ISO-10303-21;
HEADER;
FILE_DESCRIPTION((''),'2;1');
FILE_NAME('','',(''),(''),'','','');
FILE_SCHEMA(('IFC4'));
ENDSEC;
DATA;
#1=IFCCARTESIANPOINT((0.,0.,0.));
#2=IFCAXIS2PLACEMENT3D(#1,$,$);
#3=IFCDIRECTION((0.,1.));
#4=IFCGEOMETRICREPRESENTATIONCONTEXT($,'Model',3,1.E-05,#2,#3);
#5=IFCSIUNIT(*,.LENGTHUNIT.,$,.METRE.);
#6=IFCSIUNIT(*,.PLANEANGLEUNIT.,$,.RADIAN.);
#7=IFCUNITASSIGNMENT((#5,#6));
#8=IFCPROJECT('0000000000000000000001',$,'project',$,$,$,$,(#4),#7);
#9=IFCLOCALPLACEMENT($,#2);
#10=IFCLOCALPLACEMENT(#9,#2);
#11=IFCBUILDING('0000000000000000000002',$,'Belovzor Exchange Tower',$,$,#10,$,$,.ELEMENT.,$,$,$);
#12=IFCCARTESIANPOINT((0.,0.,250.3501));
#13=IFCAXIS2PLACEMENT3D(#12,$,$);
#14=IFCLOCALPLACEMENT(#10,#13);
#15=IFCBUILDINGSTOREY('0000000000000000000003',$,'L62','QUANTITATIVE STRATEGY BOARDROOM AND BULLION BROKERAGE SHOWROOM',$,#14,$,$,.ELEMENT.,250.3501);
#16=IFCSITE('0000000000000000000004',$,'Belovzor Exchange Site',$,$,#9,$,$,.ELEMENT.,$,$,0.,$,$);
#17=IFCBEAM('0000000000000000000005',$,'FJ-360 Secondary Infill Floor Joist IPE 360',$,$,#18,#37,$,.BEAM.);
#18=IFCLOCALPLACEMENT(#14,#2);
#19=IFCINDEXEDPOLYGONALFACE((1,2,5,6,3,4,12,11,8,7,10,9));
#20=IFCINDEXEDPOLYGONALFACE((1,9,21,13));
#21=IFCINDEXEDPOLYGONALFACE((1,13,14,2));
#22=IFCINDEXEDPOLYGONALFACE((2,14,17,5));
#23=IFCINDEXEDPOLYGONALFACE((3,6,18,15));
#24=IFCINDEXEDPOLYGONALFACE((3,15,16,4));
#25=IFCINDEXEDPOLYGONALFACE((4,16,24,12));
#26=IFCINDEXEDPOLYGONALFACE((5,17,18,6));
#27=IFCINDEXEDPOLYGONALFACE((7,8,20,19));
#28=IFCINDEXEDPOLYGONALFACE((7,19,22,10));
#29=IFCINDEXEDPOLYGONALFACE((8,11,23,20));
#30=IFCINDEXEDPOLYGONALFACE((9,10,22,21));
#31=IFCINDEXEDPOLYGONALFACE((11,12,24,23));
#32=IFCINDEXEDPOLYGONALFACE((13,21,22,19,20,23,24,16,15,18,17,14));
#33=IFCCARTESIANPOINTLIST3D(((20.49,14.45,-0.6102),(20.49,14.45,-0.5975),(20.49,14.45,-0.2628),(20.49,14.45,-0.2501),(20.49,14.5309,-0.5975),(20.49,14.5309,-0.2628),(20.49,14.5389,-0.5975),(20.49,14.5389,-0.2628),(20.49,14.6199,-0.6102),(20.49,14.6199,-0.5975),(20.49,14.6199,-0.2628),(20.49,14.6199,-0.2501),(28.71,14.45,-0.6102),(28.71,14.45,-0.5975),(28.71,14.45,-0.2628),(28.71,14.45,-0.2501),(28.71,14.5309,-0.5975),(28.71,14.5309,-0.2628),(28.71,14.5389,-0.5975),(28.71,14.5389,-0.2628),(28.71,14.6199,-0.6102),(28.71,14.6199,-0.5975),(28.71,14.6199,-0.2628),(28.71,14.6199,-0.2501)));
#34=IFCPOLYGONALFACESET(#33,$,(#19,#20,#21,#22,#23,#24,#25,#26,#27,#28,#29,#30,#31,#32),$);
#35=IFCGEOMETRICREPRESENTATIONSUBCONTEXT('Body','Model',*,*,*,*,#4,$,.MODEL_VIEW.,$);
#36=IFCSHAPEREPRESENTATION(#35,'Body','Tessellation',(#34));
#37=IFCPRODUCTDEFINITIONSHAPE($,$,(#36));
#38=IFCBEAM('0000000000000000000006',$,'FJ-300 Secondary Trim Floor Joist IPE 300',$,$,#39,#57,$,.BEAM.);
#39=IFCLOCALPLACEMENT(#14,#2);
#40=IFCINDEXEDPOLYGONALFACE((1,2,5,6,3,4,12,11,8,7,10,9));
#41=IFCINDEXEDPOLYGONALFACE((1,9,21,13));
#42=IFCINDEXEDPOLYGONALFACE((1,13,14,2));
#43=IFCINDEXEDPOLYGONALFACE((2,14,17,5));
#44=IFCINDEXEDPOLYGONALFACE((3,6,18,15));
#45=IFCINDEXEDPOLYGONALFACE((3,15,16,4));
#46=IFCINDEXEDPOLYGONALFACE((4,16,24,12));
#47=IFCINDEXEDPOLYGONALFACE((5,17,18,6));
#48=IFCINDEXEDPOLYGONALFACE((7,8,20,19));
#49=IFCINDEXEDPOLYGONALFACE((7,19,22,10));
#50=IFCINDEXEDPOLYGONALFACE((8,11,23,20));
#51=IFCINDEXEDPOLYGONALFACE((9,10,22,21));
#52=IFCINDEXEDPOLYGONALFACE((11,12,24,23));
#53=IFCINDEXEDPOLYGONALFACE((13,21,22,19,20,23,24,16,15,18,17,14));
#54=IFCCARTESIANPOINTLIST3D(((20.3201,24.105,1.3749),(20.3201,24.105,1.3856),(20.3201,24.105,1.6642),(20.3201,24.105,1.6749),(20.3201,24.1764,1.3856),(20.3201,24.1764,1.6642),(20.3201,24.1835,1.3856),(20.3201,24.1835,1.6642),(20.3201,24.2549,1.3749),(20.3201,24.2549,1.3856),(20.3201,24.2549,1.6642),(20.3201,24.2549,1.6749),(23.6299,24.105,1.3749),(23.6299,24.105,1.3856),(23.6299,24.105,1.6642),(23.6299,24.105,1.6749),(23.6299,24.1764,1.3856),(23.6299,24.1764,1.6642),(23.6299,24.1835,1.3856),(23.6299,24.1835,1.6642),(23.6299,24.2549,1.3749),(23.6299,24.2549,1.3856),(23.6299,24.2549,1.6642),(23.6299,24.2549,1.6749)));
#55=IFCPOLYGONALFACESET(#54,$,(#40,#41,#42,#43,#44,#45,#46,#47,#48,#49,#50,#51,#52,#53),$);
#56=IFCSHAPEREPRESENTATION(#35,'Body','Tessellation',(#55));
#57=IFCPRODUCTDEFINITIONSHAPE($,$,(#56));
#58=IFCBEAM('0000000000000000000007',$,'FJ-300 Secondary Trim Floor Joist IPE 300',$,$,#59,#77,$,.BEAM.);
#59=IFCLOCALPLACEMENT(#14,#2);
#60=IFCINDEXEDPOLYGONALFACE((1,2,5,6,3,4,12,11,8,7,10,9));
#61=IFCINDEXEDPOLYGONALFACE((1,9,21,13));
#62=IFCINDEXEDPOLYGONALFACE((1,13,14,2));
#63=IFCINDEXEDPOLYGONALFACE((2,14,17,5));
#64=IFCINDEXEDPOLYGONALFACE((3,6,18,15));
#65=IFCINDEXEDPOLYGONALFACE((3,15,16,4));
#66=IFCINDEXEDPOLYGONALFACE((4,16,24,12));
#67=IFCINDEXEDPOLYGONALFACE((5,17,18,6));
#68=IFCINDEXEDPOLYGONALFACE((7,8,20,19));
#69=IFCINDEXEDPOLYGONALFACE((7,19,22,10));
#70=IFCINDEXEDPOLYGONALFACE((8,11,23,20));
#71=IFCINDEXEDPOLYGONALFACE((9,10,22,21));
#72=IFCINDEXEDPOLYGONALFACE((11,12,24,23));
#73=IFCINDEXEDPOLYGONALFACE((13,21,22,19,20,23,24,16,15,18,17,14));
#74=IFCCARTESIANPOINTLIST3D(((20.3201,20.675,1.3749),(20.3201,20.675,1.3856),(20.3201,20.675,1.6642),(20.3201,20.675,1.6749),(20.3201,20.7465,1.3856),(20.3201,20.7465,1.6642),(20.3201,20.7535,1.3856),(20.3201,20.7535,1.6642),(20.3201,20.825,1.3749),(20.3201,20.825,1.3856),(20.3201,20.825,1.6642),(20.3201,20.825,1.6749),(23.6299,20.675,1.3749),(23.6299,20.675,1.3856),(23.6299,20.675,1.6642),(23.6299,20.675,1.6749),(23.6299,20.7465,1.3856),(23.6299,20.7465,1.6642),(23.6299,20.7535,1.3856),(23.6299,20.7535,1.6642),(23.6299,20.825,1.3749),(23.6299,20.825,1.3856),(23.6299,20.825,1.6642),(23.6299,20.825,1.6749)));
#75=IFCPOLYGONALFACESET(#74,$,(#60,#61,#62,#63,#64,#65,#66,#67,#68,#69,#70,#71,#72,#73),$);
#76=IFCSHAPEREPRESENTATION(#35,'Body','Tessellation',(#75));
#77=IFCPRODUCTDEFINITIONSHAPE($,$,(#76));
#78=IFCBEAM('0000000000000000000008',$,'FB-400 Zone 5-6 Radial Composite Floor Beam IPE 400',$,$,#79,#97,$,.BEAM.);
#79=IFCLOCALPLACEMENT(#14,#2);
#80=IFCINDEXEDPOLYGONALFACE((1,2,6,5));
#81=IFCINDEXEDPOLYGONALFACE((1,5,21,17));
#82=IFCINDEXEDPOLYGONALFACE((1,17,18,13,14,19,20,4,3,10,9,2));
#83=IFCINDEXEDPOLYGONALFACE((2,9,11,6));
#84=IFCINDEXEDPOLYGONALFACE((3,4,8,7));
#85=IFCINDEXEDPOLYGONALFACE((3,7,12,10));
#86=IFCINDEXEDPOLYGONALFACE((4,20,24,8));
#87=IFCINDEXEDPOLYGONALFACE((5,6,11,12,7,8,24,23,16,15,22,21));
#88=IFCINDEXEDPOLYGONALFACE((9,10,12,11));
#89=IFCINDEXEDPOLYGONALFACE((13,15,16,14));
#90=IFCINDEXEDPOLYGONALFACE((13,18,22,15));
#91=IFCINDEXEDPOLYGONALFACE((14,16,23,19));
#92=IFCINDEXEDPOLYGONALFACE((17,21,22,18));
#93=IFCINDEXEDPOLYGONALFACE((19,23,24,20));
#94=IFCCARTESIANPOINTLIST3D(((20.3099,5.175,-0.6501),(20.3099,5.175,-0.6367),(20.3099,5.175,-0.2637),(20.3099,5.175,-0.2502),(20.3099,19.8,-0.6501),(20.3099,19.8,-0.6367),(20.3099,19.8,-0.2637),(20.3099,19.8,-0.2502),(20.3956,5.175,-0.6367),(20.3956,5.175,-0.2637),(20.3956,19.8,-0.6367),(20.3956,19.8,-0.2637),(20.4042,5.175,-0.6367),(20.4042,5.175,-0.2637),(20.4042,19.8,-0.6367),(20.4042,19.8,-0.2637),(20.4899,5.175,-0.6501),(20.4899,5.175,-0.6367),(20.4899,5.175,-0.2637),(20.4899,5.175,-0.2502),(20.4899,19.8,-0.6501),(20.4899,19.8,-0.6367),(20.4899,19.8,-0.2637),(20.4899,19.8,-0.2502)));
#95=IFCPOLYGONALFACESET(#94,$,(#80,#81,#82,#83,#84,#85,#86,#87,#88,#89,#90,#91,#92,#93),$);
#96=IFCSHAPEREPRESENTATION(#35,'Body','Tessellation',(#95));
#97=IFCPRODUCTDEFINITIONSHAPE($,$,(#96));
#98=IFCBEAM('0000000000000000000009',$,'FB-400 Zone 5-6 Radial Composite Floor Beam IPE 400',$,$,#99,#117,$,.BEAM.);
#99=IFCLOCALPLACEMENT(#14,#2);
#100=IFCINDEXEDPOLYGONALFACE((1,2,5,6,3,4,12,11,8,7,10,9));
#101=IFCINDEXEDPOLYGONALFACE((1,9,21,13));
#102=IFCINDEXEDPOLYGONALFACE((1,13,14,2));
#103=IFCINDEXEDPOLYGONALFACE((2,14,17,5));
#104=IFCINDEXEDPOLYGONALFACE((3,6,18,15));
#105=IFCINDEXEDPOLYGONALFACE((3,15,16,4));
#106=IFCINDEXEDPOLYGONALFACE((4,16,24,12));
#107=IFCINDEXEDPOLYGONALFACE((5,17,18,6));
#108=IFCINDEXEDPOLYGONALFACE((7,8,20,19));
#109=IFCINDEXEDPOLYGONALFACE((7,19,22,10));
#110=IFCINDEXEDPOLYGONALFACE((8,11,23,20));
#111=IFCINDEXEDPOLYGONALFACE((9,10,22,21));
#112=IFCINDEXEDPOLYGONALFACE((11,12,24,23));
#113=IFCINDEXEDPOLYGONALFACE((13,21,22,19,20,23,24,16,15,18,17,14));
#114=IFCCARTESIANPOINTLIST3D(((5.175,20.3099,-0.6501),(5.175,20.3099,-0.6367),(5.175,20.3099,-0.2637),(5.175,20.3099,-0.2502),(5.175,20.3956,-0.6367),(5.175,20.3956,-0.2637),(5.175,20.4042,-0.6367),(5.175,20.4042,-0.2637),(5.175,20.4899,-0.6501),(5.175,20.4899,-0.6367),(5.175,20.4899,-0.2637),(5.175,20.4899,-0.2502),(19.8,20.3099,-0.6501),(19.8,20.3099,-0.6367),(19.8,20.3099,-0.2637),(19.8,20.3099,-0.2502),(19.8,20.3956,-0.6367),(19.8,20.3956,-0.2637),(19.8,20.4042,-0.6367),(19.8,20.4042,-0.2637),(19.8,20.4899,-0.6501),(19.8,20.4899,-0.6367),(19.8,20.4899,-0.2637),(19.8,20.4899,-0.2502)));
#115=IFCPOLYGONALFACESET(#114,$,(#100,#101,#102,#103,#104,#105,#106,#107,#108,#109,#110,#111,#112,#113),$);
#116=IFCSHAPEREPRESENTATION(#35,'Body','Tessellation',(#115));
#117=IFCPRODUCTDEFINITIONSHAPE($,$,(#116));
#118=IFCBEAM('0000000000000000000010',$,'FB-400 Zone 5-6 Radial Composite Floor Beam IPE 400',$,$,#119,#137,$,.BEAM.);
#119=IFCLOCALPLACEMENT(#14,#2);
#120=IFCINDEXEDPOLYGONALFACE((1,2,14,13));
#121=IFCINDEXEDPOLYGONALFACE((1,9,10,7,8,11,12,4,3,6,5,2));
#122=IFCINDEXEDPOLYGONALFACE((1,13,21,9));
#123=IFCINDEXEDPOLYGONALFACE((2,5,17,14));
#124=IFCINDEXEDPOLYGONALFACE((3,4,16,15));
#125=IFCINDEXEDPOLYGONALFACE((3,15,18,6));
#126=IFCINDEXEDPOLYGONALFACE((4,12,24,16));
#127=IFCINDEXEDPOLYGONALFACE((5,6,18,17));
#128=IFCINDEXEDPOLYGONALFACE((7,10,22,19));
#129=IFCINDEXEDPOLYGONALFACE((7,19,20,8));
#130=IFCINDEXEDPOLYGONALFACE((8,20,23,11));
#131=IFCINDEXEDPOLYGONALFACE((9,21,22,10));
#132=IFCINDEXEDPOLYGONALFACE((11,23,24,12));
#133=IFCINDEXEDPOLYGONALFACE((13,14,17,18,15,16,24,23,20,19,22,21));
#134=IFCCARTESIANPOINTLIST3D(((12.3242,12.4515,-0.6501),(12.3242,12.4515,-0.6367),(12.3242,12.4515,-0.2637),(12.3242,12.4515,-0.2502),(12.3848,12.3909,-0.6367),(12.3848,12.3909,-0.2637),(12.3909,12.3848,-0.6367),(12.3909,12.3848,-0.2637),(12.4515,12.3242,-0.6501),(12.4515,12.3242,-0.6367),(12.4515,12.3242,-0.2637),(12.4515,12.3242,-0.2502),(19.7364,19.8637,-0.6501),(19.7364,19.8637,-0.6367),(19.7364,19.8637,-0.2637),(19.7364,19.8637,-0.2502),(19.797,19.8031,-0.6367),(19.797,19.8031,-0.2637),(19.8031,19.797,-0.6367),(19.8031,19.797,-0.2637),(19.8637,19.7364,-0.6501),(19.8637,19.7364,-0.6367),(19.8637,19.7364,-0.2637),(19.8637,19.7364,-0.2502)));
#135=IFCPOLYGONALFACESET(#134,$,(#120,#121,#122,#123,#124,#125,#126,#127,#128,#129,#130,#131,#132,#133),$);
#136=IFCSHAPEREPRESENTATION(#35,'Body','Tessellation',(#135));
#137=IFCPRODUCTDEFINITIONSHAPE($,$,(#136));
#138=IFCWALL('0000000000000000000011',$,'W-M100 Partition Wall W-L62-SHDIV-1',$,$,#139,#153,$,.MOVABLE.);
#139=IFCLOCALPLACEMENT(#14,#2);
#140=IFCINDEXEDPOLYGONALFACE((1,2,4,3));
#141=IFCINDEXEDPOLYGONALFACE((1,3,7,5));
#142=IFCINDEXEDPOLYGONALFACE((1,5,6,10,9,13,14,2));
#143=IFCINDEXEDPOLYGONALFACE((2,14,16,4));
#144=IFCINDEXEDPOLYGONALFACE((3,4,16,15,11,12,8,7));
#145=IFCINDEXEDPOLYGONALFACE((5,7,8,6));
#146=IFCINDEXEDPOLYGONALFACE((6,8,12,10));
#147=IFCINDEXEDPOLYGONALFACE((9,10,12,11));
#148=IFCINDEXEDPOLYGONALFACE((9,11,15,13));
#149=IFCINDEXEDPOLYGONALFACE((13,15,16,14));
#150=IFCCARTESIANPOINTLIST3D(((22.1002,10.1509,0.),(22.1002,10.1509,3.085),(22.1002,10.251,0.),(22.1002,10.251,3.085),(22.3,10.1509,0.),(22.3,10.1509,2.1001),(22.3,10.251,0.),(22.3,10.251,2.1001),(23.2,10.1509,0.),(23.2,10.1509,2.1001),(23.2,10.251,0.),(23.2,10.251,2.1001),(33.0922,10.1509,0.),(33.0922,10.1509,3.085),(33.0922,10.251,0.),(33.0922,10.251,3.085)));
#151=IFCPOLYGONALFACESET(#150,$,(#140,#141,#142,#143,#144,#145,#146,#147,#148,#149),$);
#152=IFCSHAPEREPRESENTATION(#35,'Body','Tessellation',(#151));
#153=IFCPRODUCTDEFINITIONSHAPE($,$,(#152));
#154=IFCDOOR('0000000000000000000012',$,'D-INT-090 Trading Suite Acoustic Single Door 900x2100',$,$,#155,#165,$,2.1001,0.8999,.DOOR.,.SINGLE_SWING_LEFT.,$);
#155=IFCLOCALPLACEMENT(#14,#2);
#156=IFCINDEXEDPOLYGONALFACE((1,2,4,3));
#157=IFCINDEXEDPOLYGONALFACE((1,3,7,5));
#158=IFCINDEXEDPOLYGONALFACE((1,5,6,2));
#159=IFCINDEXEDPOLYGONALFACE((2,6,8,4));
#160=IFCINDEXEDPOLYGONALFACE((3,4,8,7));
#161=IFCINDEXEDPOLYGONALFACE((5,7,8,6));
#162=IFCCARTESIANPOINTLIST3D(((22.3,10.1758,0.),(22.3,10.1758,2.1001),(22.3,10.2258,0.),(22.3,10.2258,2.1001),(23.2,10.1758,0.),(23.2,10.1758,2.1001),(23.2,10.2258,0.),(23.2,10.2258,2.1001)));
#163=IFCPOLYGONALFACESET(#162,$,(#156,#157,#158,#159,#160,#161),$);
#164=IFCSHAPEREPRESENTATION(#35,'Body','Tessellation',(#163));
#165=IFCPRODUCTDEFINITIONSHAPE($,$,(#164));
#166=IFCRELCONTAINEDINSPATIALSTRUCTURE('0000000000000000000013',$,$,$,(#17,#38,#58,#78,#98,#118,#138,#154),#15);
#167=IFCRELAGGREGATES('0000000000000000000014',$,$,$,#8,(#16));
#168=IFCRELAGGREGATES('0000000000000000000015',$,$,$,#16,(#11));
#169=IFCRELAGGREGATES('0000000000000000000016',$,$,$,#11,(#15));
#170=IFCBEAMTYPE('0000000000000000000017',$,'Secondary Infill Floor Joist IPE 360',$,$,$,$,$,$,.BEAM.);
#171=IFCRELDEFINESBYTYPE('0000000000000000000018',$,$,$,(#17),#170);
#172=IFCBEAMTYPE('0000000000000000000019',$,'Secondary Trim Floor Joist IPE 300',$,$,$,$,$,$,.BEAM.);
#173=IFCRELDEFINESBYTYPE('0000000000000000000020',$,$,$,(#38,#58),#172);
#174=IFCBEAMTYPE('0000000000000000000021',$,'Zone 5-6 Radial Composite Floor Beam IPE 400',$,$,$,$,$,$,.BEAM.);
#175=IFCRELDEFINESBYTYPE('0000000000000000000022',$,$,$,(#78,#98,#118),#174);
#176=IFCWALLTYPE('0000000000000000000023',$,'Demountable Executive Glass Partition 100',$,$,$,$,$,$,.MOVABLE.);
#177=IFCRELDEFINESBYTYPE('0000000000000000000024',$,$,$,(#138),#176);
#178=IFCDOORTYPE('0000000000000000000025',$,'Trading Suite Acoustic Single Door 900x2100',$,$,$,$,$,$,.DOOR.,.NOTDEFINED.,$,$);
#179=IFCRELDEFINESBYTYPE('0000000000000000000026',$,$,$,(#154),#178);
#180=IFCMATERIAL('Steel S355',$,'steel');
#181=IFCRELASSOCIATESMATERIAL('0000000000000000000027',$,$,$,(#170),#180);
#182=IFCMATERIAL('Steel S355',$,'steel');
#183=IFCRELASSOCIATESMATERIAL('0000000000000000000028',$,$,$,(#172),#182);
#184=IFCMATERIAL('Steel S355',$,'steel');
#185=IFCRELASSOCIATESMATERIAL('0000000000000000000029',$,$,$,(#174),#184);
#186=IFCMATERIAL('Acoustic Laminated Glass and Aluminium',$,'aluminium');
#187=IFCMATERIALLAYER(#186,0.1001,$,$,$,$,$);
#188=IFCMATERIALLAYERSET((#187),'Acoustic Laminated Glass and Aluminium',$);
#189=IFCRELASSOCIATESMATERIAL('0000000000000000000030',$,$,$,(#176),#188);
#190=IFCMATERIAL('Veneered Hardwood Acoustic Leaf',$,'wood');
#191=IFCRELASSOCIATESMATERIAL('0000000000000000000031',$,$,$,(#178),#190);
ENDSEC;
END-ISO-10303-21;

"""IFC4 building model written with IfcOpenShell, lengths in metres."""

from ifc_helpers import new_model, si_unit, direction, frame, frame_2d, origin, origin_2d, place, context, subcontext, project, spatial, rectangle, i_section, extrude, material, layer, layer_set, material_profile, profile_set, type_object, element, fill, save


model = new_model("IFC4")

# Units and contexts
model_context = context("Model", 3, precision=1e-05, world=origin(), true_north=direction((0.0, 1.0)))
body_context = subcontext(model_context, "Body", "Model", "MODEL_VIEW")
ifc_project = project(units=[si_unit("LENGTHUNIT", "METRE"), si_unit("PLANEANGLEUNIT", "RADIAN")], contexts=[model_context])

# Site, building, storey
site_placement = place(None, origin())
site = spatial("IfcSite", under=ifc_project, at=site_placement, Name="Belovzor Exchange Site", CompositionType="ELEMENT", RefElevation=0.0)
building_placement = place(site_placement, origin())
building = spatial("IfcBuilding", under=site, at=building_placement, Name="Belovzor Exchange Tower", CompositionType="ELEMENT")
storey_placement = place(building_placement, frame((0.0, 0.0, 250.3501)))
storey = spatial("IfcBuildingStorey", under=building, at=storey_placement, Name="L62", Description="QUANTITATIVE STRATEGY BOARDROOM AND BULLION BROKERAGE SHOWROOM", CompositionType="ELEMENT", Elevation=250.3501)

# Beams
ifc_material_1 = material(Name="Steel S355", Category="steel")
ifc_material_profile_1 = material_profile(ifc_material_1, i_section(OverallWidth=0.1699, OverallDepth=0.3601, WebThickness=0.0081, FlangeThickness=0.0127, at=origin_2d()))
ifc_profile_set_1 = profile_set([ifc_material_profile_1], Name="Steel S355")
beam_type_1 = type_object("IfcBeamType", Name="Secondary Infill Floor Joist IPE 360", PredefinedType="BEAM", material=ifc_profile_set_1)
beam_1_placement = place(storey_placement, frame((20.49, 14.5349, -0.4302), z_axis=(1.0, 0.0, 0.0), x_axis=(0.0, 1.0, 0.0)))
element("IfcBeam", 1, at=beam_1_placement, inside=storey, type_object=beam_type_1, Name="FJ-360 Secondary Infill Floor Joist IPE 360", PredefinedType="BEAM", context=body_context, shape_type="SweptSolid", body=[
    extrude(i_section(OverallWidth=0.1699, OverallDepth=0.3601, WebThickness=0.0081, FlangeThickness=0.0127, at=origin_2d()), origin(), (0.0, 0.0, 1.0), 8.22),
])
ifc_material_2 = material(Name="Steel S355", Category="steel")
ifc_material_profile_2 = material_profile(ifc_material_2, i_section(OverallWidth=0.1499, OverallDepth=0.3, WebThickness=0.0071, FlangeThickness=0.0107, at=origin_2d()))
ifc_profile_set_2 = profile_set([ifc_material_profile_2], Name="Steel S355")
beam_type_2 = type_object("IfcBeamType", Name="Secondary Trim Floor Joist IPE 300", PredefinedType="BEAM", material=ifc_profile_set_2)
for number, where, z_axis, x_axis, name in (
    (2, (20.3201, 24.1799, 1.5249), (1.0, 0.0, 0.0), (0.0, 1.0, 0.0), "FJ-300 Secondary Trim Floor Joist IPE 300"),
    (3, (20.3201, 20.75, 1.5249), (1.0, 0.0, 0.0), (0.0, 1.0, 0.0), "FJ-300 Secondary Trim Floor Joist IPE 300"),
):
    element("IfcBeam", number, at=place(storey_placement, frame(where, z_axis=z_axis, x_axis=x_axis)), inside=storey, type_object=beam_type_2, Name=name, PredefinedType="BEAM", context=body_context, shape_type="SweptSolid", body=[
        extrude(i_section(OverallWidth=0.1499, OverallDepth=0.3, WebThickness=0.0071, FlangeThickness=0.0107, at=origin_2d()), origin(), (0.0, 0.0, 1.0), 3.3098),
    ])
ifc_material_3 = material(Name="Steel S355", Category="steel")
ifc_material_profile_3 = material_profile(ifc_material_3, i_section(OverallWidth=0.1799, OverallDepth=0.3999, WebThickness=0.0085, FlangeThickness=0.0134, at=origin_2d()))
ifc_profile_set_3 = profile_set([ifc_material_profile_3], Name="Steel S355")
beam_type_3 = type_object("IfcBeamType", Name="Zone 5-6 Radial Composite Floor Beam IPE 400", PredefinedType="BEAM", material=ifc_profile_set_3)
for number, where, z_axis, x_axis, name in (
    (4, (20.3999, 19.8, -0.4502), (0.0, -1.0, 0.0), (1.0, 0.0, 0.0), "FB-400 Zone 5-6 Radial Composite Floor Beam IPE 400"),
    (5, (19.8, 20.3999, -0.4502), (-1.0, 0.0, 0.0), (0.0, -1.0, 0.0), "FB-400 Zone 5-6 Radial Composite Floor Beam IPE 400"),
):
    element("IfcBeam", number, at=place(storey_placement, frame(where, z_axis=z_axis, x_axis=x_axis)), inside=storey, type_object=beam_type_3, Name=name, PredefinedType="BEAM", context=body_context, shape_type="SweptSolid", body=[
        extrude(i_section(OverallWidth=0.1799, OverallDepth=0.3999, WebThickness=0.0085, FlangeThickness=0.0134, at=origin_2d()), origin(), (0.0, 0.0, 1.0), 14.625),
    ])
beam_2_placement = place(storey_placement, frame((19.8, 19.8, -0.4502), z_axis=(-0.707107, -0.707107, 0.0), x_axis=(0.707107, -0.707107, 0.0)))
element("IfcBeam", 6, at=beam_2_placement, inside=storey, type_object=beam_type_3, Name="FB-400 Zone 5-6 Radial Composite Floor Beam IPE 400", PredefinedType="BEAM", context=body_context, shape_type="SweptSolid", body=[
    extrude(i_section(OverallWidth=0.1799, OverallDepth=0.3999, WebThickness=0.0085, FlangeThickness=0.0134, at=origin_2d()), origin(), (0.0, 0.0, 1.0), 10.4824),
])

# Wall, opening, door
ifc_material_4 = material(Name="Acoustic Laminated Glass and Aluminium", Category="aluminium")
ifc_layer_1 = layer(ifc_material_4, 0.1001)
ifc_layer_set_1 = layer_set([ifc_layer_1], Name="Acoustic Laminated Glass and Aluminium")
wall_type_1 = type_object("IfcWallType", Name="Demountable Executive Glass Partition 100", PredefinedType="MOVABLE", material=ifc_layer_set_1)
wall_1_placement = place(storey_placement, frame((22.1001, 10.2009, 0.0), z_axis=(0.0, 0.0, 1.0), x_axis=(1.0, 0.0, 0.0)))
wall_1 = element("IfcWall", 7, at=wall_1_placement, inside=storey, type_object=wall_type_1, Name="W-M100 Partition Wall W-L62-SHDIV-1", PredefinedType="MOVABLE", context=body_context, shape_type="SweptSolid", body=[
    extrude(rectangle(XDim=10.9919, YDim=0.1001, at=frame_2d((5.4961, 0.0))), origin(), (0.0, 0.0, 1.0), 3.085),
])
opening_1_placement = place(wall_1_placement, frame((0.2, 0.0, 0.0)))
opening_1 = element("IfcOpeningElement", 8, at=opening_1_placement, cuts=wall_1, PredefinedType="OPENING", context=body_context, shape_type="SweptSolid", body=[
    extrude(rectangle(XDim=0.8999, YDim=2.1001, at=frame_2d((0.45, 1.05))), frame((0.0, 0.0601, 0.0), z_axis=(0.0, -1.0, 0.0), x_axis=(1.0, 0.0, 0.0)), (0.0, 0.0, 1.0), 0.1201),
])
ifc_material_5 = material(Name="Veneered Hardwood Acoustic Leaf", Category="wood")
door_type_1 = type_object("IfcDoorType", Name="Trading Suite Acoustic Single Door 900x2100", OperationType="NOTDEFINED", PredefinedType="DOOR", material=ifc_material_5)
door_1_placement = place(opening_1_placement, origin())
door_1 = element("IfcDoor", 9, at=door_1_placement, inside=storey, type_object=door_type_1, Name="D-INT-090 Trading Suite Acoustic Single Door 900x2100", OperationType="SINGLE_SWING_LEFT", OverallHeight=2.1001, OverallWidth=0.8999, PredefinedType="DOOR", context=body_context, shape_type="SweptSolid", body=[
    extrude(rectangle(XDim=0.8999, YDim=2.1001, at=frame_2d((0.45, 1.05))), frame((0.0, 0.0249, 0.0), z_axis=(0.0, -1.0, 0.0), x_axis=(1.0, 0.0, 0.0)), (0.0, 0.0, 1.0), 0.05),
])
fill(opening_1, door_1)

save(model, "model.ifc")
